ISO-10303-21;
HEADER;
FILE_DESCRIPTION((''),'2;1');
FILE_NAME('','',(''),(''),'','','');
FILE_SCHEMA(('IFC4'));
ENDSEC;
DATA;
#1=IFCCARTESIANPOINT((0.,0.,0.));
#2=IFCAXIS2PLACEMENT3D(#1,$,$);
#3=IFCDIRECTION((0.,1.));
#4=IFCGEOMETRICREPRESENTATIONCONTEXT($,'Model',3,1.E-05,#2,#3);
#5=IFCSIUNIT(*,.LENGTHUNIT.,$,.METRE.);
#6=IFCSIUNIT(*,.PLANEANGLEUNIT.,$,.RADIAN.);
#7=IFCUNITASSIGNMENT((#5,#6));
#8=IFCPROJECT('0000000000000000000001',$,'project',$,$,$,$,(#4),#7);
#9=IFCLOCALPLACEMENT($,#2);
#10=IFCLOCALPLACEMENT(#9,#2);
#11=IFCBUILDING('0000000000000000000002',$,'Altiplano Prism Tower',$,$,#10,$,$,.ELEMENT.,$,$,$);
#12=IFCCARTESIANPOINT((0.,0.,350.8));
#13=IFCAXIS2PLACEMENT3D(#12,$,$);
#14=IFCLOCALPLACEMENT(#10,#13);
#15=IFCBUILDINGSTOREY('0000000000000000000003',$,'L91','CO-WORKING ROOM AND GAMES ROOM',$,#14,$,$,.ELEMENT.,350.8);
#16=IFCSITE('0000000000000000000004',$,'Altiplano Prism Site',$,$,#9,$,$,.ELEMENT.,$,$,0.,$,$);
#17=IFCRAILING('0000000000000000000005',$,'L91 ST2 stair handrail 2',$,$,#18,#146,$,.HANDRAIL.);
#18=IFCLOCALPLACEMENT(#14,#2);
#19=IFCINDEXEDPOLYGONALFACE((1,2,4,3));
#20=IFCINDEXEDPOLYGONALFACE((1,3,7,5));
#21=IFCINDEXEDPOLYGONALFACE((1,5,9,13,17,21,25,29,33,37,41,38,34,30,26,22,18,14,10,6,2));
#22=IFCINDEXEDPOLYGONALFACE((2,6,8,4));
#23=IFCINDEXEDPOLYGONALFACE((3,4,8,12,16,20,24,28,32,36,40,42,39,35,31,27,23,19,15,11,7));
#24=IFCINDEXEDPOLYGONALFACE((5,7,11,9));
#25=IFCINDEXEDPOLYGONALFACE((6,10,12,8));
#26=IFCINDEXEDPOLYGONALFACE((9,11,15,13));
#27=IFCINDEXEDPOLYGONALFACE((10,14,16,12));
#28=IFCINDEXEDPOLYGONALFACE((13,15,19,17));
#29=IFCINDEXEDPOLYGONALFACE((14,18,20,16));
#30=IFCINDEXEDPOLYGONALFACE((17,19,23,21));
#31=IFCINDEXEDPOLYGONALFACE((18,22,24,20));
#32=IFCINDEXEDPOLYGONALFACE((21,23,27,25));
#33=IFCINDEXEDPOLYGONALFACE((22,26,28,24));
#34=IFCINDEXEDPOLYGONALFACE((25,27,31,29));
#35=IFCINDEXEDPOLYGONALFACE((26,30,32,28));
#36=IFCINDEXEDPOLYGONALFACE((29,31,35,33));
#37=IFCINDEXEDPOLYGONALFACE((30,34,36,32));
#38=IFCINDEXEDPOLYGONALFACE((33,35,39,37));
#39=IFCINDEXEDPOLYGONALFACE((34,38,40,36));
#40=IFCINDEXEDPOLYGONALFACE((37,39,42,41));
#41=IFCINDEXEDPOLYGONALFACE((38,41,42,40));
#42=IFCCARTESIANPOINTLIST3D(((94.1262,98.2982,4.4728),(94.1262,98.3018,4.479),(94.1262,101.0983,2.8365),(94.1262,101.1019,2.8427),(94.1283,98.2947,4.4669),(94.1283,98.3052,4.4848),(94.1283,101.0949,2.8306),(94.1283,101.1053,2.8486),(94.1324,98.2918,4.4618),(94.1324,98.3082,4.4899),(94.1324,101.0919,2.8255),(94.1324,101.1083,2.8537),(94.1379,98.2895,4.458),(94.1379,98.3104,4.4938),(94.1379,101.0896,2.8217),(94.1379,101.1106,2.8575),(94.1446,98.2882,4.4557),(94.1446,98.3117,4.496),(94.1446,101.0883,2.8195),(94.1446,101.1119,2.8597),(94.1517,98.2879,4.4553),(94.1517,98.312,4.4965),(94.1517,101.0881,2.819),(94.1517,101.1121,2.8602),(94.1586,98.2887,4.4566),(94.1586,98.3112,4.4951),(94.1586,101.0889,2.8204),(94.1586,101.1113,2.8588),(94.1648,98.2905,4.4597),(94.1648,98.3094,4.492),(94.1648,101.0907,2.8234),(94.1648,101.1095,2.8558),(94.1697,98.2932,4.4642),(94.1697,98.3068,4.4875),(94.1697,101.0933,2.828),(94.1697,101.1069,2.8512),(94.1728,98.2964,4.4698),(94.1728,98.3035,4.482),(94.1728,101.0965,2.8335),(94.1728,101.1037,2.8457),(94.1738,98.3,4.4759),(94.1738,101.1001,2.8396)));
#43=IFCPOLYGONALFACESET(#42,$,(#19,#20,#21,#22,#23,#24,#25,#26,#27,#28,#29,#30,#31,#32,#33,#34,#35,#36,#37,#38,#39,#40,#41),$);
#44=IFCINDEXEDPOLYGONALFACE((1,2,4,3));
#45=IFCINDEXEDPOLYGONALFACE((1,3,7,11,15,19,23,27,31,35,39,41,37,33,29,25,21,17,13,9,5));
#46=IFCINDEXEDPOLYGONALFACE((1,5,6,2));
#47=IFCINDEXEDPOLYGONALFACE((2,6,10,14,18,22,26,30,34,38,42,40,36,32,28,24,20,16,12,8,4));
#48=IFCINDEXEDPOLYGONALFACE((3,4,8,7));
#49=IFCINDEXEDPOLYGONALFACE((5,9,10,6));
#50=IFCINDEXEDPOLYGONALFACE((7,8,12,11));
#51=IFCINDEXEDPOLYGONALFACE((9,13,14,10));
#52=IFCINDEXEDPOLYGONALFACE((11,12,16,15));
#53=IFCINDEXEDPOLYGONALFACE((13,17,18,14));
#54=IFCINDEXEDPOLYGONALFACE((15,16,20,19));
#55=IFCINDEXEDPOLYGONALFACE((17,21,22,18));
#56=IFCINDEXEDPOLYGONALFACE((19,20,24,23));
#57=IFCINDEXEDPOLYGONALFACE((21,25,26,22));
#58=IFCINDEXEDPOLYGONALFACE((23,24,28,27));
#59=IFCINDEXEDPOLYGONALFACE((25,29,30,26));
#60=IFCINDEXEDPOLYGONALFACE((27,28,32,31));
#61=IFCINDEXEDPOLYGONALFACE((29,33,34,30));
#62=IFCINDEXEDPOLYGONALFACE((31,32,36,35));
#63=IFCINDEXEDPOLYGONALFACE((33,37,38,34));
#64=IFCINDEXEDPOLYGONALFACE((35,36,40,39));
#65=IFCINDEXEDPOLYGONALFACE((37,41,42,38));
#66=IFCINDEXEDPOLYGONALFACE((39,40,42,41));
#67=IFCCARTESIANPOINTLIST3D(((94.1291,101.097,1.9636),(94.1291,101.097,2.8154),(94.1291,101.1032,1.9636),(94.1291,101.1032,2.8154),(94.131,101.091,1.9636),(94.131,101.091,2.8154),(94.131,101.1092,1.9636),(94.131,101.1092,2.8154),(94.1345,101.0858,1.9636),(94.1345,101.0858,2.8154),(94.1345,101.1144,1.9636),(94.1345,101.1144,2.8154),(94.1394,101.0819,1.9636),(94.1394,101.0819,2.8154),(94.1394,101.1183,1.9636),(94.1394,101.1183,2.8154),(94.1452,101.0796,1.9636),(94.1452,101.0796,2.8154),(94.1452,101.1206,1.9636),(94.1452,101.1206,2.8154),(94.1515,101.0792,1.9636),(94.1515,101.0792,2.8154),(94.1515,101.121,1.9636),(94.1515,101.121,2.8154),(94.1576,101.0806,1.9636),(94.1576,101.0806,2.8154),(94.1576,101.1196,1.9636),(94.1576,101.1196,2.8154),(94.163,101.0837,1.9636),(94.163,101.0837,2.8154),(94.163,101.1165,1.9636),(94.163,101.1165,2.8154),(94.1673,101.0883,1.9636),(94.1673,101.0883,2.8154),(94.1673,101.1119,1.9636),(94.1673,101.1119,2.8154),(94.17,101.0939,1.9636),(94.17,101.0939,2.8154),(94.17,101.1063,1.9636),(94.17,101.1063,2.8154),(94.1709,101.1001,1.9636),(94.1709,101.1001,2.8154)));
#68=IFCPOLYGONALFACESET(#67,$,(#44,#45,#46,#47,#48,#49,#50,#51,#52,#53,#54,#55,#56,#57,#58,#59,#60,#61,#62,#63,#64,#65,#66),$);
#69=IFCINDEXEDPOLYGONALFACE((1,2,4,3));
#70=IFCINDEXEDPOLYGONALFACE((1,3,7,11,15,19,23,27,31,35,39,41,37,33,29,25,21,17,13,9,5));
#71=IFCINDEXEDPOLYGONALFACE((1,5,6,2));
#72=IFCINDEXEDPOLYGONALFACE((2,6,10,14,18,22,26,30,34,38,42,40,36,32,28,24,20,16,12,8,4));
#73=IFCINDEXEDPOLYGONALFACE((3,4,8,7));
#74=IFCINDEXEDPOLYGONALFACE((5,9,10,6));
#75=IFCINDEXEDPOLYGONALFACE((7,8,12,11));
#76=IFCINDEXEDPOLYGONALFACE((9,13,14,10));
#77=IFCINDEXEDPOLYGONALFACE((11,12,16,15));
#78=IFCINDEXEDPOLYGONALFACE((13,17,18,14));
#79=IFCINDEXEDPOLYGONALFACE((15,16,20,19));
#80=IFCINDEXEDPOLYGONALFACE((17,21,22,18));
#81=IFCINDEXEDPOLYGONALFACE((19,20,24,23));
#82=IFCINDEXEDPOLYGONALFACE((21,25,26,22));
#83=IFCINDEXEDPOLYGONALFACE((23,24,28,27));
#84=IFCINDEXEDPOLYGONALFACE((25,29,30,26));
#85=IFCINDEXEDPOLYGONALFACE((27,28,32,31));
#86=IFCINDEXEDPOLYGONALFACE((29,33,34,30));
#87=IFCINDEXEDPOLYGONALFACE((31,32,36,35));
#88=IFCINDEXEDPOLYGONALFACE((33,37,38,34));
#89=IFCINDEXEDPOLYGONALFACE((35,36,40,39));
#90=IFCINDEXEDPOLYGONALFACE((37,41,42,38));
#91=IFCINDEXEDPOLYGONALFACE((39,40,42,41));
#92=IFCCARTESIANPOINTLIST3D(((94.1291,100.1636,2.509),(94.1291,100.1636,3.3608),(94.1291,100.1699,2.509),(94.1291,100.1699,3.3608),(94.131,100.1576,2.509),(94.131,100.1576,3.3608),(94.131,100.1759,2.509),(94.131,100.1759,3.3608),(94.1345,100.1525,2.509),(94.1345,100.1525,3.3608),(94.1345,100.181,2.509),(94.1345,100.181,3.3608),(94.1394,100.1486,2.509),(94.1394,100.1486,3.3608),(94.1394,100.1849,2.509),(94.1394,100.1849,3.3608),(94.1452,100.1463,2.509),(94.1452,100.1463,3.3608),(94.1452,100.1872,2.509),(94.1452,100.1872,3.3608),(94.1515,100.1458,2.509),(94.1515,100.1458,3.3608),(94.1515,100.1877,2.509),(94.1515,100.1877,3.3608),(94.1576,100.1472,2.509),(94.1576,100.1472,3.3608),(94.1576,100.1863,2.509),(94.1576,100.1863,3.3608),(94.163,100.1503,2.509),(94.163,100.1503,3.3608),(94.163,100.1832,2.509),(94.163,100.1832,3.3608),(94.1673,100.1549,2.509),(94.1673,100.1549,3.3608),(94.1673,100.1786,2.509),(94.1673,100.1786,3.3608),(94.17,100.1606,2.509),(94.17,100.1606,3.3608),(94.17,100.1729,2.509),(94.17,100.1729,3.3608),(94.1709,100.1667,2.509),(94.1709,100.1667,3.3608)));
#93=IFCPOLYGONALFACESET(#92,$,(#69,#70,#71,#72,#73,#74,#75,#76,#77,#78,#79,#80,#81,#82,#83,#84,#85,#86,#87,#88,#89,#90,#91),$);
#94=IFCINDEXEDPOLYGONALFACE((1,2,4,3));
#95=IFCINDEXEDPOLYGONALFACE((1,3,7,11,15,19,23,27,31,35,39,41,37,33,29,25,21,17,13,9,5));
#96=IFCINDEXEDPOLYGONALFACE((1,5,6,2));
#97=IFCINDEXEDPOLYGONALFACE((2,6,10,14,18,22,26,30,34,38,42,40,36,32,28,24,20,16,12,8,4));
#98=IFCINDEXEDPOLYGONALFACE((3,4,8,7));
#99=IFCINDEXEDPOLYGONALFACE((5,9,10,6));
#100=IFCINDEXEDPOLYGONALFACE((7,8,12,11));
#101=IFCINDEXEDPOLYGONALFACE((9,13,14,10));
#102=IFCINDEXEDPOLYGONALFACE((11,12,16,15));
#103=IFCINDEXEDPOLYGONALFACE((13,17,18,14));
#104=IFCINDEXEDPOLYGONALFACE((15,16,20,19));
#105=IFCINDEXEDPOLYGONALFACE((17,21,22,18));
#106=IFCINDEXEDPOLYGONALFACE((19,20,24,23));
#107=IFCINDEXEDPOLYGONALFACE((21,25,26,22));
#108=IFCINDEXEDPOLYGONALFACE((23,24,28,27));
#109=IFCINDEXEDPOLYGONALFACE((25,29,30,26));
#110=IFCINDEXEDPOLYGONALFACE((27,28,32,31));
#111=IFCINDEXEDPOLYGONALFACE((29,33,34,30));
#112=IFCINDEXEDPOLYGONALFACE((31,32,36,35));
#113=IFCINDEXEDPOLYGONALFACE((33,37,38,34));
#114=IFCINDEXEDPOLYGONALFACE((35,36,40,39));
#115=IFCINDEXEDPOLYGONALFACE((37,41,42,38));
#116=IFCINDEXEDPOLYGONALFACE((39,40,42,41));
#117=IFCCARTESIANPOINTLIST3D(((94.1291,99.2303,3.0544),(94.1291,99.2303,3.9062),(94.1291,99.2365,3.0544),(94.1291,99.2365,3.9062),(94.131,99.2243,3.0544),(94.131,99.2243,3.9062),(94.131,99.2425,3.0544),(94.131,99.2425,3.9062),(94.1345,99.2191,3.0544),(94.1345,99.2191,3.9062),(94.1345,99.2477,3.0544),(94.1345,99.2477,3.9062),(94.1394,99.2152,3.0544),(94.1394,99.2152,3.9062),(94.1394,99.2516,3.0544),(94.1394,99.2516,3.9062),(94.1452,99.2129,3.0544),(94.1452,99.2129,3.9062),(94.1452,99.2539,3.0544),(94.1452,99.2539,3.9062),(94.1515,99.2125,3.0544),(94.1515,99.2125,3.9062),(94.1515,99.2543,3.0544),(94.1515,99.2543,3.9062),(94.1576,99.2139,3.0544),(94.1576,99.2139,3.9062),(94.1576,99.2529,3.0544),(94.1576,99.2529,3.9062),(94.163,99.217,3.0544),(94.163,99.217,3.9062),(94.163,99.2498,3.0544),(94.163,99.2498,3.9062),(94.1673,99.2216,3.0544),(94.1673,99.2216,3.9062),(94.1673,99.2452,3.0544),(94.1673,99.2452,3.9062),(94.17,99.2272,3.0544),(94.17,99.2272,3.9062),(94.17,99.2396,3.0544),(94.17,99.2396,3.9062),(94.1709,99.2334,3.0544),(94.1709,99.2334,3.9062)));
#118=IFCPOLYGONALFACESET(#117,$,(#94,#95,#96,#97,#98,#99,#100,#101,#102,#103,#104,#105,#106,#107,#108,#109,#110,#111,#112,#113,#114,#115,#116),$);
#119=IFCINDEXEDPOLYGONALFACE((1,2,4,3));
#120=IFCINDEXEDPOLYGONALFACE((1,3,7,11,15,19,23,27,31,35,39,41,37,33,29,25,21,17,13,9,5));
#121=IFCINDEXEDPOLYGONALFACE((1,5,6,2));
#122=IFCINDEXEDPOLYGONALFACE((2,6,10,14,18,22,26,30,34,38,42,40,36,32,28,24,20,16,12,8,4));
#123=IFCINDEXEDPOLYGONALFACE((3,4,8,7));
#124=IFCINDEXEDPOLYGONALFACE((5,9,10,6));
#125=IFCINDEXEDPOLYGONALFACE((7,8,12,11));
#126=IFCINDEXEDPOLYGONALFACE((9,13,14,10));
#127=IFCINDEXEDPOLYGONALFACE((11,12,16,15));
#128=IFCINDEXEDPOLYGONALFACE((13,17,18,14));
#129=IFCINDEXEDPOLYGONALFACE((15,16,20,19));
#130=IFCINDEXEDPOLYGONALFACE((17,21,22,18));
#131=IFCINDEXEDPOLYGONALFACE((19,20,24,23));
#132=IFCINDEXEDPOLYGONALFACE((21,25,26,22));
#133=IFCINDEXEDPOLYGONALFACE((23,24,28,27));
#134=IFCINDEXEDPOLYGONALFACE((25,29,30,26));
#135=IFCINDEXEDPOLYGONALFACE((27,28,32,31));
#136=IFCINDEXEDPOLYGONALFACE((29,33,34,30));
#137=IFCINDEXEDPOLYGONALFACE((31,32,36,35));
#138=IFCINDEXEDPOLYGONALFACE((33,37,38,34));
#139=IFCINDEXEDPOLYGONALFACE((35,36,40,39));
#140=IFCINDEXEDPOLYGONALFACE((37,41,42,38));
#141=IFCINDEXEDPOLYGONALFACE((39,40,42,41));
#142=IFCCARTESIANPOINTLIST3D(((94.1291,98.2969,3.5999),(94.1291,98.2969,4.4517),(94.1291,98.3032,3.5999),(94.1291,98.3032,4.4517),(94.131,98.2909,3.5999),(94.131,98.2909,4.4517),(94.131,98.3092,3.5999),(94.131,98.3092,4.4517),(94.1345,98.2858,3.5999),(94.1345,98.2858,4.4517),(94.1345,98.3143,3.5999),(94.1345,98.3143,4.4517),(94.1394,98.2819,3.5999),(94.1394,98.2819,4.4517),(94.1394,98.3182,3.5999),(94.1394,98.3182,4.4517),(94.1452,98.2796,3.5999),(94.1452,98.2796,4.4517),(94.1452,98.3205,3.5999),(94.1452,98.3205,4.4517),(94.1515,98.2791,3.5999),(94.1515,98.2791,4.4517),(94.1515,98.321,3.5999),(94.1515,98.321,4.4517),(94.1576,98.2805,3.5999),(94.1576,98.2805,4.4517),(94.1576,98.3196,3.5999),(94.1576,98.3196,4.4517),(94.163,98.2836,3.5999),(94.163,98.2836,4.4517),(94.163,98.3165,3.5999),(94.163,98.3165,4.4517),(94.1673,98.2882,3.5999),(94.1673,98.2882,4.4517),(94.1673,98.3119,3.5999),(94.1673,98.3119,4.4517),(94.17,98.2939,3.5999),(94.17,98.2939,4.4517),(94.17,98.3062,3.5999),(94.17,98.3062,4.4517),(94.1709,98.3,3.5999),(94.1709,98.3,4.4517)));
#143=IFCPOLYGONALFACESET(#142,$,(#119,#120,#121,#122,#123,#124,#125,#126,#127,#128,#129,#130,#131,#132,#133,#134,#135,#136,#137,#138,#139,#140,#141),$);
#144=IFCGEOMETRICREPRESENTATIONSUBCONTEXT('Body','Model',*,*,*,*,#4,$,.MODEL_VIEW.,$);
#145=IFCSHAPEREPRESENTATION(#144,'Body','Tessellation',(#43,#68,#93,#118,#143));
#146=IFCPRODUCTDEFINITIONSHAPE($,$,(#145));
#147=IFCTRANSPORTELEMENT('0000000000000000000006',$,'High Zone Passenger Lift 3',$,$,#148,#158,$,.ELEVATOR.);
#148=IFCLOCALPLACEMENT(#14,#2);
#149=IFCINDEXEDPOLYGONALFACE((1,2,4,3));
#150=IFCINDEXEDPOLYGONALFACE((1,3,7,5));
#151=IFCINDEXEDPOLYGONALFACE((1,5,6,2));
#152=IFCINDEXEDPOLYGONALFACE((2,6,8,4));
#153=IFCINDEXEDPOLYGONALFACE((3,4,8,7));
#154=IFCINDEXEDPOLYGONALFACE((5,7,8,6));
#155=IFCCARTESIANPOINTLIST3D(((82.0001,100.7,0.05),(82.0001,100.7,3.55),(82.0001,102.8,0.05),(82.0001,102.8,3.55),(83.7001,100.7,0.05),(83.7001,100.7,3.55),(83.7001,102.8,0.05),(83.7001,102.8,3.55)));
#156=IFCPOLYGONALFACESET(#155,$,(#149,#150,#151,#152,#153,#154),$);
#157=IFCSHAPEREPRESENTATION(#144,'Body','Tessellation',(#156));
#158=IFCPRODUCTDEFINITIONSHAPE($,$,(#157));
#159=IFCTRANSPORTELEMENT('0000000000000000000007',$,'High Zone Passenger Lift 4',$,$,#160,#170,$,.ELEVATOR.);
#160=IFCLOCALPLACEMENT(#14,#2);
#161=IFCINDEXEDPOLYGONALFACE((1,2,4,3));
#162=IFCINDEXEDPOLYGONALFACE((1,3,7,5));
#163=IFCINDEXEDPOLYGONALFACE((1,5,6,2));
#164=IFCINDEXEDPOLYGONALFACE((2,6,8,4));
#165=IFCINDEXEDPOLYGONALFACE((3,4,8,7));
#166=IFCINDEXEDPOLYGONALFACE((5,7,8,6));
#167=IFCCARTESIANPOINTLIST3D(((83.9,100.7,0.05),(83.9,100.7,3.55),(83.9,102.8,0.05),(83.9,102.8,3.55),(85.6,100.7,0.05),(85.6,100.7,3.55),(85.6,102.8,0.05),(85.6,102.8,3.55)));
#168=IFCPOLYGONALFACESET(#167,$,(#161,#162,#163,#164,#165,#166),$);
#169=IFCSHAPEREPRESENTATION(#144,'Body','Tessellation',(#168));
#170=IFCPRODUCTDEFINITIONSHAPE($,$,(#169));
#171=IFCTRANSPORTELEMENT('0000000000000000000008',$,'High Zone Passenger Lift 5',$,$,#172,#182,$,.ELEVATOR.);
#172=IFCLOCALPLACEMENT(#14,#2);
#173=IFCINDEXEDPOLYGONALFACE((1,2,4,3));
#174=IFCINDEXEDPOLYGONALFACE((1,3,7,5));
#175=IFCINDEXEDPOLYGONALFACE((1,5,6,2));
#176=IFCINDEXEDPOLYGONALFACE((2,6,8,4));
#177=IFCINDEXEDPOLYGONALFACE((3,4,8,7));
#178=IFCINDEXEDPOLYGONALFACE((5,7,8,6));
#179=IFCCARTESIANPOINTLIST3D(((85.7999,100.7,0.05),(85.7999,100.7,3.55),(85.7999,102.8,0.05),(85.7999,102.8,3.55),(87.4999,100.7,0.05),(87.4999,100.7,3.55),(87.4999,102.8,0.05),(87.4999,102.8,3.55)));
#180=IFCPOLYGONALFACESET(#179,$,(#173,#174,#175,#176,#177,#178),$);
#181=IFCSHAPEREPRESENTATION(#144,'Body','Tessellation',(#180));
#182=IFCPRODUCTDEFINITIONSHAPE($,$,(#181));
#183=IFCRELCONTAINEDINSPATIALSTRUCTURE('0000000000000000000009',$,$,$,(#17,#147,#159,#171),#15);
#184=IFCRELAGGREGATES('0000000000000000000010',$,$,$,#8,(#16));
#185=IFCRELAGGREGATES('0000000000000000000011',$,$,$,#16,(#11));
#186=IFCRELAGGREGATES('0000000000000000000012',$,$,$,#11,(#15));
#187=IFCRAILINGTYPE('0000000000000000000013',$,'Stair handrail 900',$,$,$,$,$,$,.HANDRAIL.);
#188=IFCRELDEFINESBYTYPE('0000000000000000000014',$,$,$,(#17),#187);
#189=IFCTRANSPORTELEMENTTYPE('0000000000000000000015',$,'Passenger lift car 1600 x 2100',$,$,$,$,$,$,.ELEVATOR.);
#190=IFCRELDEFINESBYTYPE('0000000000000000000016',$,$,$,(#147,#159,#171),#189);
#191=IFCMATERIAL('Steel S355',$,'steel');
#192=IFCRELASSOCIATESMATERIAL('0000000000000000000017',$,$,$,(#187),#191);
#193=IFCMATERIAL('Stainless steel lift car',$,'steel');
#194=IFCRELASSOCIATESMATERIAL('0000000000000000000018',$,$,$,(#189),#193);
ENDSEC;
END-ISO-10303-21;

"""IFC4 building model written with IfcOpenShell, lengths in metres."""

from ifc_helpers import new_model, si_unit, direction, frame, origin, origin_2d, place, context, subcontext, project, spatial, rectangle, circle, extrude, material, type_object, element, save


model = new_model("IFC4")

# Units and contexts
model_context = context("Model", 3, precision=1e-05, world=origin(), true_north=direction((0.0, 1.0)))
body_context = subcontext(model_context, "Body", "Model", "MODEL_VIEW")
ifc_project = project(units=[si_unit("LENGTHUNIT", "METRE"), si_unit("PLANEANGLEUNIT", "RADIAN")], contexts=[model_context])

# Site, building, storey
site_placement = place(None, origin())
site = spatial("IfcSite", under=ifc_project, at=site_placement, Name="Altiplano Prism Site", CompositionType="ELEMENT", RefElevation=0.0)
building_placement = place(site_placement, origin())
building = spatial("IfcBuilding", under=site, at=building_placement, Name="Altiplano Prism Tower", CompositionType="ELEMENT")
storey_placement = place(building_placement, frame((0.0, 0.0, 350.8)))
storey = spatial("IfcBuildingStorey", under=building, at=storey_placement, Name="L91", Description="CO-WORKING ROOM AND GAMES ROOM", CompositionType="ELEMENT", Elevation=350.8)

# Railing
ifc_material_1 = material(Name="Steel S355", Category="steel")
railing_type_1 = type_object("IfcRailingType", Name="Stair handrail 900", PredefinedType="HANDRAIL", material=ifc_material_1)
railing_1_placement = place(storey_placement, frame((94.1499, 101.1001, 1.9636)))
element("IfcRailing", 1, at=railing_1_placement, inside=storey, type_object=railing_type_1, Name="L91 ST2 stair handrail 2", PredefinedType="HANDRAIL", context=body_context, shape_type="SweptSolid", body=[
    extrude(circle(Radius=0.0239, at=origin_2d()), frame((0.0, 0.0, 0.876), z_axis=(0.0, -0.863394, 0.504531), x_axis=(1.0, 0.0, 0.0)), (0.0, 0.0, 1.0), 3.2432),
    extrude(circle(Radius=0.021, at=origin_2d()), origin(), (0.0, 0.0, 1.0), 0.8518),
    extrude(circle(Radius=0.021, at=origin_2d()), frame((0.0, -0.9333, 0.5454)), (0.0, 0.0, 1.0), 0.8518),
    extrude(circle(Radius=0.021, at=origin_2d()), frame((0.0, -1.8667, 1.0908)), (0.0, 0.0, 1.0), 0.8518),
    extrude(circle(Radius=0.021, at=origin_2d()), frame((0.0, -2.8, 1.6362)), (0.0, 0.0, 1.0), 0.8518),
])

# Transport elements
ifc_material_2 = material(Name="Stainless steel lift car", Category="steel")
transport_element_type = type_object("IfcTransportElementType", Name="Passenger lift car 1600 x 2100", PredefinedType="ELEVATOR", material=ifc_material_2)
for number, where, z_axis, x_axis, name in (
    (2, (82.8501, 101.75, 0.05), (0.0, 0.0, 1.0), (1.0, 0.0, 0.0), "High Zone Passenger Lift 3"),
    (3, (84.75, 101.75, 0.05), (0.0, 0.0, 1.0), (1.0, 0.0, 0.0), "High Zone Passenger Lift 4"),
    (4, (86.6499, 101.75, 0.05), (0.0, 0.0, 1.0), (1.0, 0.0, 0.0), "High Zone Passenger Lift 5"),
):
    element("IfcTransportElement", number, at=place(storey_placement, frame(where, z_axis=z_axis, x_axis=x_axis)), inside=storey, type_object=transport_element_type, Name=name, PredefinedType="ELEVATOR", context=body_context, shape_type="SweptSolid", body=[
        extrude(rectangle(XDim=1.7, YDim=2.1001, at=origin_2d()), origin(), (0.0, 0.0, 1.0), 3.5),
    ])

save(model, "model.ifc")
